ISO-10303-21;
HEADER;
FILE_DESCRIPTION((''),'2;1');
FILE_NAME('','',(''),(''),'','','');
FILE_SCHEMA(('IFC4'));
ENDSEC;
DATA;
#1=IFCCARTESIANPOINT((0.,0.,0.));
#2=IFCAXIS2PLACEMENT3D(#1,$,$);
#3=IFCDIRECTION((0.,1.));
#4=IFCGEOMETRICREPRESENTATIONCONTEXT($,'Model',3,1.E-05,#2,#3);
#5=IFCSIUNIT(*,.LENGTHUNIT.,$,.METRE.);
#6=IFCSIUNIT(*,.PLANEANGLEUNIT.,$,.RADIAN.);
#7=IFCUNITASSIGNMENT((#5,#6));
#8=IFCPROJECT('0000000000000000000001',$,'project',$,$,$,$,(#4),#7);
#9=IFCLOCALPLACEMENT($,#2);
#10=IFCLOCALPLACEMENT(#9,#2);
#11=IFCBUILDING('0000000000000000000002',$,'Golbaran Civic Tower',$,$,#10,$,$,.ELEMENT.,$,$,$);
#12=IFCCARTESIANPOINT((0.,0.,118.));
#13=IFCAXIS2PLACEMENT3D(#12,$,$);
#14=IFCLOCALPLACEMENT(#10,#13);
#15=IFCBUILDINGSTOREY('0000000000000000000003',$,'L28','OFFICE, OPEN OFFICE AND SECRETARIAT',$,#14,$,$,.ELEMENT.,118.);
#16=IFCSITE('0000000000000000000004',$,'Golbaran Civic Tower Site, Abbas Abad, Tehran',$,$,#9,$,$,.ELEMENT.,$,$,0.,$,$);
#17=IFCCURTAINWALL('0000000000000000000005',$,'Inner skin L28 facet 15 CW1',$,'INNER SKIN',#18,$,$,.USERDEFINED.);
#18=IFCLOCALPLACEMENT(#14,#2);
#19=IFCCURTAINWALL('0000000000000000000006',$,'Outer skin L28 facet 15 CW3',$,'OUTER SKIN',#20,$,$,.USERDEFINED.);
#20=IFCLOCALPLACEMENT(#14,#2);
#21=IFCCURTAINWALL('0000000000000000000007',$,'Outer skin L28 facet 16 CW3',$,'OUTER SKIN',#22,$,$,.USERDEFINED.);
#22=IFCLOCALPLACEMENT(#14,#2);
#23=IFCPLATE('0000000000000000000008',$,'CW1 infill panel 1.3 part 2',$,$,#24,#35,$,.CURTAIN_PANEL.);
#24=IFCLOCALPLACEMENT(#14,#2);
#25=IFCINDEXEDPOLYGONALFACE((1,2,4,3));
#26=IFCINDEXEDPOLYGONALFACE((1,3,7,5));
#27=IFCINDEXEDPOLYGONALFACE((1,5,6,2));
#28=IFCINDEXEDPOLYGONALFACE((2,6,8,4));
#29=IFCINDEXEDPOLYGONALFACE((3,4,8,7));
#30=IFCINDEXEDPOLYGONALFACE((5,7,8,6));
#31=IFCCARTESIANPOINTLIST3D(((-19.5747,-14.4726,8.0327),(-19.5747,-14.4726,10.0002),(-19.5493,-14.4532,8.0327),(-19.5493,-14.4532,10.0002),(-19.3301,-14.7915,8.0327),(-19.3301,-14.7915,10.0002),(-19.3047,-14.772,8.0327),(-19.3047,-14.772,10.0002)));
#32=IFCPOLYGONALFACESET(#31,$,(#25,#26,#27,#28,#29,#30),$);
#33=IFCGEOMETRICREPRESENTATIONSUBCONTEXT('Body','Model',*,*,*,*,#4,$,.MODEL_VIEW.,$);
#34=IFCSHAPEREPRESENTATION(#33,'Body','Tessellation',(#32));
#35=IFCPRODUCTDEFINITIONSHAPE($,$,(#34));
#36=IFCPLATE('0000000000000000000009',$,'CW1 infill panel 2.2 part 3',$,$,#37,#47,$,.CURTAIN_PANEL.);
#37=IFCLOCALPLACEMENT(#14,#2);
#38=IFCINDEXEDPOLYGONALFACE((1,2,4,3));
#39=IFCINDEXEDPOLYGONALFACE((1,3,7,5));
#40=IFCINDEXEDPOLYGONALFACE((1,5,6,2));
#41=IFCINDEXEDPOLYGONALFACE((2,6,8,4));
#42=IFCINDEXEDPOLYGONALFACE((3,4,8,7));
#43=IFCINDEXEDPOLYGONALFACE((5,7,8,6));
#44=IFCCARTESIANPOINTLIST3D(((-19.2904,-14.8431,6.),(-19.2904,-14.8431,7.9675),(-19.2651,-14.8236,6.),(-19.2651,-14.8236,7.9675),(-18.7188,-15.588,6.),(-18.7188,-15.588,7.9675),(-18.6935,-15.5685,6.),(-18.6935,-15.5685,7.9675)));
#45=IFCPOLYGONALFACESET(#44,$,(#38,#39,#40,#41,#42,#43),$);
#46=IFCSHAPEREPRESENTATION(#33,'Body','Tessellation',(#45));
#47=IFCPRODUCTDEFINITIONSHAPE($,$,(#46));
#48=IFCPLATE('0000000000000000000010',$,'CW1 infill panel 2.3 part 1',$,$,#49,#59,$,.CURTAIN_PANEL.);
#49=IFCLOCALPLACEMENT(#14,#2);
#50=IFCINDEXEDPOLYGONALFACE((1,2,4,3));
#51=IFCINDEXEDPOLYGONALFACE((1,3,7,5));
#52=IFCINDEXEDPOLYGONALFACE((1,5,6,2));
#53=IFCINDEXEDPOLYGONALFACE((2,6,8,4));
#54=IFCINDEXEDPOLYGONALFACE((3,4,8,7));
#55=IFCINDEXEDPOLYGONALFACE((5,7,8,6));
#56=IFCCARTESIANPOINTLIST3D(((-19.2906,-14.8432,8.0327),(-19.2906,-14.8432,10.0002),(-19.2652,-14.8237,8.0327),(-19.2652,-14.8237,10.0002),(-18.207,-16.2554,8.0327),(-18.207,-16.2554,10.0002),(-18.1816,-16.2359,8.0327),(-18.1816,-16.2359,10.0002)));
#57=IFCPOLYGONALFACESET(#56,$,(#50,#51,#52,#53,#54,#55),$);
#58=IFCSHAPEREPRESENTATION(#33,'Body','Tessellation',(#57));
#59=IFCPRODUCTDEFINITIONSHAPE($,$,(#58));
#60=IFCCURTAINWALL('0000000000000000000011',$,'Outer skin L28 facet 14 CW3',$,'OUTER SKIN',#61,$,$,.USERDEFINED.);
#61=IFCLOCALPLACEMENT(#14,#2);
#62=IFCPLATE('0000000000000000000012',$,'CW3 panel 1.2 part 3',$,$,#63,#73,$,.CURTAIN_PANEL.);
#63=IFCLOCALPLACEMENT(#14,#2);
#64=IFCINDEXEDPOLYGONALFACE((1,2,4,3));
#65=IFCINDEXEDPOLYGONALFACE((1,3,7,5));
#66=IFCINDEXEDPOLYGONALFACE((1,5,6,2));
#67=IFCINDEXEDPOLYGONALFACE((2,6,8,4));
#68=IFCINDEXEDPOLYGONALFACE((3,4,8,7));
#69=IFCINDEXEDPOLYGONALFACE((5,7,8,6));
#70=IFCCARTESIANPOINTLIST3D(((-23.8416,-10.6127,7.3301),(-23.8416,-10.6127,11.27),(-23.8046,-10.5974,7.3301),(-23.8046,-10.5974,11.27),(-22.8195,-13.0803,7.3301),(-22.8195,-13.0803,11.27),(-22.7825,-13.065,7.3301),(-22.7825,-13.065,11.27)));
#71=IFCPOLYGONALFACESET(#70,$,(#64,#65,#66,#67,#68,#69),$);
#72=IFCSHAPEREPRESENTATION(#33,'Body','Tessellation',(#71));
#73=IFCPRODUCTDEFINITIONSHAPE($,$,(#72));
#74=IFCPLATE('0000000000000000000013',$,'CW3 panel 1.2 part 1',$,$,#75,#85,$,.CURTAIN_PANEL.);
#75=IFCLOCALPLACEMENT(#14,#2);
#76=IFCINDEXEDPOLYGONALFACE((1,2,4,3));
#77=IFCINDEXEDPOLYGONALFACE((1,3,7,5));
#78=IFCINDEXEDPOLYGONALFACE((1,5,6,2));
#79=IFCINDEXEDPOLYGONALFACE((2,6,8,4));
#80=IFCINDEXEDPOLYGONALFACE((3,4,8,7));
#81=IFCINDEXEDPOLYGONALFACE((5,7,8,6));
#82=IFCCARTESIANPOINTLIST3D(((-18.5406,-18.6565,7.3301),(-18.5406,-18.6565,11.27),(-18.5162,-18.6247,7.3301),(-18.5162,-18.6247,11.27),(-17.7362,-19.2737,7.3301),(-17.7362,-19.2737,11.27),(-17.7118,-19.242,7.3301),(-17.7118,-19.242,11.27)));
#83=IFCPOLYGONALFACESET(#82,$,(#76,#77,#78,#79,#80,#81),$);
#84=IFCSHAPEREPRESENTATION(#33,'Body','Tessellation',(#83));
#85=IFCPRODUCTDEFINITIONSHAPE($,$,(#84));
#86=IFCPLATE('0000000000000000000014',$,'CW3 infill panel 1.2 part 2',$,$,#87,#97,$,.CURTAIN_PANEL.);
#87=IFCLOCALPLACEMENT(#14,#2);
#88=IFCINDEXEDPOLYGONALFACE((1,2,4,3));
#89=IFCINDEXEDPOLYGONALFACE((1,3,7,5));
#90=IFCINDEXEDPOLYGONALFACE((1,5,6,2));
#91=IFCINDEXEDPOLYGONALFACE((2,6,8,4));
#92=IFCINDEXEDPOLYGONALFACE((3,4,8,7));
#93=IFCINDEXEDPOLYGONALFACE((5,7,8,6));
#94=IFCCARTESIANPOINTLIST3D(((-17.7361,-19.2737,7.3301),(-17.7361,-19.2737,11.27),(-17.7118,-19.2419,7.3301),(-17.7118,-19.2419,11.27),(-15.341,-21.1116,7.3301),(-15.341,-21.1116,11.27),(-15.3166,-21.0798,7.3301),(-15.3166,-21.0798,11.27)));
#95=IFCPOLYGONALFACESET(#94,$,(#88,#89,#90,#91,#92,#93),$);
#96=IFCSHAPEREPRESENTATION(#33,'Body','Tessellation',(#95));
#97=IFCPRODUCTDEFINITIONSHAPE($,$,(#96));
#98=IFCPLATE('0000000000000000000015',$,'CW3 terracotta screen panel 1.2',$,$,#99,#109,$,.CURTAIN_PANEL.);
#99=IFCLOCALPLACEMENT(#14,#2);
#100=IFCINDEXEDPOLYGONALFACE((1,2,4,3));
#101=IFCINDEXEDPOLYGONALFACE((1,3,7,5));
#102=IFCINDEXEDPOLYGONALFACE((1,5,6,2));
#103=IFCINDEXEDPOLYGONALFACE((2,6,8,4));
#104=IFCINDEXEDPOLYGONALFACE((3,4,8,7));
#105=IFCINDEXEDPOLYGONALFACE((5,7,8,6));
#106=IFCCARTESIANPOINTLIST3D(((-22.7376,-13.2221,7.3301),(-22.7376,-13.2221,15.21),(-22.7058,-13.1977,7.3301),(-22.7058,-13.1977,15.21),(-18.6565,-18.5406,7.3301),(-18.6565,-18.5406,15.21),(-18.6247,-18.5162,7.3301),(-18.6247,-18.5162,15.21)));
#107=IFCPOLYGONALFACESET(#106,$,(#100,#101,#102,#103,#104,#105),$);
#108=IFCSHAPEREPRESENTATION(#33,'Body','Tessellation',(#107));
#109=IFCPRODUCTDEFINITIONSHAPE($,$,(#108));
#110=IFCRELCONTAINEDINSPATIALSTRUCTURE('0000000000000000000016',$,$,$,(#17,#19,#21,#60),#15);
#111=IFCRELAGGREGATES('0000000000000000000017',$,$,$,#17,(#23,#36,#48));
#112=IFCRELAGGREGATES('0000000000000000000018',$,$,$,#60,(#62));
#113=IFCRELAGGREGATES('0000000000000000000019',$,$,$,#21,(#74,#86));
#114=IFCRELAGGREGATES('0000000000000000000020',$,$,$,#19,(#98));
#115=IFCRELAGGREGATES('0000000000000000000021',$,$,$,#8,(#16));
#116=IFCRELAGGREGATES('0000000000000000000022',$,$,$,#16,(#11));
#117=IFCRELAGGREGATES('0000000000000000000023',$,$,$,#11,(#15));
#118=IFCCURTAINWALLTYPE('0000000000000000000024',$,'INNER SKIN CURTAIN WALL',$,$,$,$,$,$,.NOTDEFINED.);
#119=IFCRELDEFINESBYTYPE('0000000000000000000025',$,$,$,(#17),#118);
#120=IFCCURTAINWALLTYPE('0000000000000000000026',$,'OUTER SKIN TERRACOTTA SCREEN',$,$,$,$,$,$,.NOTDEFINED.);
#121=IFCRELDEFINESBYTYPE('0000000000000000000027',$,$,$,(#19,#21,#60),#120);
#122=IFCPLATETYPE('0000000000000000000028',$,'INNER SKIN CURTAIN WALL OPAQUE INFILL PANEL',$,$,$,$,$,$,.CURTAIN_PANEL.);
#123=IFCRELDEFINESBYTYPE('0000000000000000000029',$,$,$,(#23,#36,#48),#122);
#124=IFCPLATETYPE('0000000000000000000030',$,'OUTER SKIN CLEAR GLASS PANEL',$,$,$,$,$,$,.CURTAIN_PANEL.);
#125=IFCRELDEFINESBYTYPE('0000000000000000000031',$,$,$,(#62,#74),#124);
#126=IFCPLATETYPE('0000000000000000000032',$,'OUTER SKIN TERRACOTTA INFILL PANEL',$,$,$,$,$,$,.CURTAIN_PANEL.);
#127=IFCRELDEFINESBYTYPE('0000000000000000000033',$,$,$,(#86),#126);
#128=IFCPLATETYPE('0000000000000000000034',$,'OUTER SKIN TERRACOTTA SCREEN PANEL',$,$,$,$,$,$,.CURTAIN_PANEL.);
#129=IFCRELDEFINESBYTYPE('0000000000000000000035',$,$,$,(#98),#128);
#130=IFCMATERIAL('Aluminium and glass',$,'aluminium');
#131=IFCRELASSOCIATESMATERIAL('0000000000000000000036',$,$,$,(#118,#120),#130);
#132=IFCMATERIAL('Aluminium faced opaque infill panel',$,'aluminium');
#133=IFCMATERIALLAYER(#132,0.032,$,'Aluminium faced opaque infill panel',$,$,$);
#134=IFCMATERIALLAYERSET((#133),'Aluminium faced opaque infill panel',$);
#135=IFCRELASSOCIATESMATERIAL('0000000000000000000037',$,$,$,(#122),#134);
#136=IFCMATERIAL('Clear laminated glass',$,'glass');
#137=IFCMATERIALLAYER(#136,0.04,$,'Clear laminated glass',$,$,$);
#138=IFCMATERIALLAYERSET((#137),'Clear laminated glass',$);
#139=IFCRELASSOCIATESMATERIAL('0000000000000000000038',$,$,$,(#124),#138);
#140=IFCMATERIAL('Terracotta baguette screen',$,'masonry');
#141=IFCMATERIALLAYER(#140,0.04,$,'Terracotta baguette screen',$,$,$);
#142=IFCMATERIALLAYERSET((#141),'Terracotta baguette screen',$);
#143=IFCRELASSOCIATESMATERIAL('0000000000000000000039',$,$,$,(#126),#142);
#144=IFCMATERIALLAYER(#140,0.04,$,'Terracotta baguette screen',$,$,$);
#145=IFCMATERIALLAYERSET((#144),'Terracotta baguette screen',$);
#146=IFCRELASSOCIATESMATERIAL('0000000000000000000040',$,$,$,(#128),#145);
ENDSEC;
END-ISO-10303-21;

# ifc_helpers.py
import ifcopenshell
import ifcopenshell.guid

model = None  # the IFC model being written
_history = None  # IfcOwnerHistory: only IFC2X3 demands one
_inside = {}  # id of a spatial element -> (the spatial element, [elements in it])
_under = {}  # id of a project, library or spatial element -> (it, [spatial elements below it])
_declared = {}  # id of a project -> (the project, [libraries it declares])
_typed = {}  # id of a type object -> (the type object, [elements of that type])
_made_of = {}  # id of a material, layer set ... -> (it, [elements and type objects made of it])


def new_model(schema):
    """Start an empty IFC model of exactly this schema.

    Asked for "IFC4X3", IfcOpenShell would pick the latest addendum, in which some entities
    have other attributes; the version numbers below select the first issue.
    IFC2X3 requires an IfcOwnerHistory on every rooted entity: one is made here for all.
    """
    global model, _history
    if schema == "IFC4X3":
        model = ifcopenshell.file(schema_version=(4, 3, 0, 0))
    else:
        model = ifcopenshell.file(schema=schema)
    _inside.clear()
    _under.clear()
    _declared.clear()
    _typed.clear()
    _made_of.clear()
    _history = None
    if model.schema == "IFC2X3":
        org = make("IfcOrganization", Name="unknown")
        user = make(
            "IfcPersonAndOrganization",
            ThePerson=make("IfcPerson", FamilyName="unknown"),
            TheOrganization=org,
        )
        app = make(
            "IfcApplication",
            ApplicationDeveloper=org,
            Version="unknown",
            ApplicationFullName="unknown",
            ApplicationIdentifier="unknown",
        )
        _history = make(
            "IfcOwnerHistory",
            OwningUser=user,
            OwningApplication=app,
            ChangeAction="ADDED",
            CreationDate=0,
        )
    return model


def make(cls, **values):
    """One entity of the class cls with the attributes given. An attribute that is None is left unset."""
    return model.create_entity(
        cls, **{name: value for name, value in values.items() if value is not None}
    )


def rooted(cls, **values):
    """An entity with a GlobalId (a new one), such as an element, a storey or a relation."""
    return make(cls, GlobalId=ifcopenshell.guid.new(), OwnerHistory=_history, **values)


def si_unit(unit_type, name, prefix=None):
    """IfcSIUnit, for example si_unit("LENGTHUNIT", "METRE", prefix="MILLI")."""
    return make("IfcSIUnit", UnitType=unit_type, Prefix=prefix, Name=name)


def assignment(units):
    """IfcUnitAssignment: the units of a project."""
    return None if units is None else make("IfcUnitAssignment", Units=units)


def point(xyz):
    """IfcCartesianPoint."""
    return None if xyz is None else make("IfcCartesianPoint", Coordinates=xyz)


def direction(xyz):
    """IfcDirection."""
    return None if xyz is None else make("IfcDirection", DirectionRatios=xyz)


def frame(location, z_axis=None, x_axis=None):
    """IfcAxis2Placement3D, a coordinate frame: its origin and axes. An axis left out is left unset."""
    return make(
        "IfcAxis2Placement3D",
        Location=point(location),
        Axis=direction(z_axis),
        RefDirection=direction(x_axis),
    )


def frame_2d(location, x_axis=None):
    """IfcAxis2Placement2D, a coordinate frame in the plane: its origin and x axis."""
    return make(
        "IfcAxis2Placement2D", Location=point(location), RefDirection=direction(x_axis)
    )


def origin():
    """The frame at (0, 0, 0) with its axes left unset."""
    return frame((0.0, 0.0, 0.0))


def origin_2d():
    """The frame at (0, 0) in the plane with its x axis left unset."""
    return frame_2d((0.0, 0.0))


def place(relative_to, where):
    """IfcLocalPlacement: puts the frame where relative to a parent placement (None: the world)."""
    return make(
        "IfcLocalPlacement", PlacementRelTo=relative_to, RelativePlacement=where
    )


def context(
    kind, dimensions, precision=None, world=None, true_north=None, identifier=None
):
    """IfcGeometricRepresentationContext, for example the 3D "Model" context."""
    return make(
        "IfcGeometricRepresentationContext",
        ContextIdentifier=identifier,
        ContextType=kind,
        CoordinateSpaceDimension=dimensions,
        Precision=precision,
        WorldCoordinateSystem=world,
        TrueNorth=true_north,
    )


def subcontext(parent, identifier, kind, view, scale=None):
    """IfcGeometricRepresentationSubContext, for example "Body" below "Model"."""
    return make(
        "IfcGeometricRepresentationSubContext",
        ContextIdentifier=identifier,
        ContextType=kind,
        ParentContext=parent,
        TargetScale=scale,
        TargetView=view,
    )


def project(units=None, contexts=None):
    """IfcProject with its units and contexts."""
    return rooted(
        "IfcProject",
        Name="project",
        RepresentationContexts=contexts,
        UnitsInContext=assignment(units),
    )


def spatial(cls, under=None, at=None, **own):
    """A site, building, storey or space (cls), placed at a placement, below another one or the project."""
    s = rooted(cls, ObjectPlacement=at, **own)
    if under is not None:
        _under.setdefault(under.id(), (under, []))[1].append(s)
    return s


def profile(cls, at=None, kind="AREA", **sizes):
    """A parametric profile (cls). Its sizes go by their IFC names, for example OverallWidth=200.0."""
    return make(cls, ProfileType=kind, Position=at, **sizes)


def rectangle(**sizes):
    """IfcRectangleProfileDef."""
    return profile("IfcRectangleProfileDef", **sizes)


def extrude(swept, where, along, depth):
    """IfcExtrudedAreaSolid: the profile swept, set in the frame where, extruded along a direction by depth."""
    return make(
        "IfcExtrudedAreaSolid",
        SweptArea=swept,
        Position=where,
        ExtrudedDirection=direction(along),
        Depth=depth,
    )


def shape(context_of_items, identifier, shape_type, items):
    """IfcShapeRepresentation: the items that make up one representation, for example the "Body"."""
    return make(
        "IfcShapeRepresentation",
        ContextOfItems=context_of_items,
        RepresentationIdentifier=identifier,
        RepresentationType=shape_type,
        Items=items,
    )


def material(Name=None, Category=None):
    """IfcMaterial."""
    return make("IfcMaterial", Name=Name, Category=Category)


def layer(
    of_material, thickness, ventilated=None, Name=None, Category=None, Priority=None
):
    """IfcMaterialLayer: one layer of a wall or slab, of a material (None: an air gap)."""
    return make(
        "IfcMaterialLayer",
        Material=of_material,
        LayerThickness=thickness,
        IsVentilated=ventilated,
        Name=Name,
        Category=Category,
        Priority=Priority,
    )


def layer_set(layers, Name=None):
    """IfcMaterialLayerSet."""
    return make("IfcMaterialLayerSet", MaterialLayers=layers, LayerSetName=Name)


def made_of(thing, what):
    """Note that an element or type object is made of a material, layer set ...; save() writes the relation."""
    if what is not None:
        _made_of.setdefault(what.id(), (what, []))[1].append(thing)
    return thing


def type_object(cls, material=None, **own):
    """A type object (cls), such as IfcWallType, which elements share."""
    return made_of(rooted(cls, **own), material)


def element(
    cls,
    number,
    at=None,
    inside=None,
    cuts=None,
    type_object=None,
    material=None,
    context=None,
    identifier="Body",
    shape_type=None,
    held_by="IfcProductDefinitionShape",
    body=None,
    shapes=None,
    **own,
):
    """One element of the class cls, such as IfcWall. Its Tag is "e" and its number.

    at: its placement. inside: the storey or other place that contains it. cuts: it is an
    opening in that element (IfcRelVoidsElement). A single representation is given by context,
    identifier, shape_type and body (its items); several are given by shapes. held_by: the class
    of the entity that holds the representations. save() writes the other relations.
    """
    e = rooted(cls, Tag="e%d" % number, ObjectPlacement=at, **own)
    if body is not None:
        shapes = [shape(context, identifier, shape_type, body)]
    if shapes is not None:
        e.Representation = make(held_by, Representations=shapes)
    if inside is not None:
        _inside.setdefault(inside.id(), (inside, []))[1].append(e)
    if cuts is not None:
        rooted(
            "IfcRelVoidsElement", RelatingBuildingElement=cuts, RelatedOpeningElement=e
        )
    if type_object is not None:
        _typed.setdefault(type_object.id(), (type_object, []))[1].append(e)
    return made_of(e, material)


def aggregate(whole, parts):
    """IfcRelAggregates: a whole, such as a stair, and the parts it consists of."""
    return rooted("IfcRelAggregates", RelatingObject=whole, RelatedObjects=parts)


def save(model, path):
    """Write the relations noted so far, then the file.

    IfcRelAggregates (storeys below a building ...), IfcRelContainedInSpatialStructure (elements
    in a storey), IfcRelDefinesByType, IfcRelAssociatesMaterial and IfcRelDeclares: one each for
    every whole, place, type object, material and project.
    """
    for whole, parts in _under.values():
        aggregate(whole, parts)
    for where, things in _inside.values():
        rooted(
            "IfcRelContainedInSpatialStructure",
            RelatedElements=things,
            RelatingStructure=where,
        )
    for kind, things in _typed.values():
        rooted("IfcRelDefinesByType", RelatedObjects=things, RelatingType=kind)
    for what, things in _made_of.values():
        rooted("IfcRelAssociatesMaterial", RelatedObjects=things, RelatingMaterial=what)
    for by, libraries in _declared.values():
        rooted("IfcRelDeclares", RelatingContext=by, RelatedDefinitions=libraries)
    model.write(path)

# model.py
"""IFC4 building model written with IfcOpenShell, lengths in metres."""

from ifc_helpers import new_model, si_unit, direction, frame, origin, origin_2d, place, context, subcontext, project, spatial, rectangle, extrude, material, layer, layer_set, type_object, element, aggregate, save


model = new_model("IFC4")

# Units and contexts
model_context = context("Model", 3, precision=1e-05, world=origin(), true_north=direction((0.0, 1.0)))
body_context = subcontext(model_context, "Body", "Model", "MODEL_VIEW")
ifc_project = project(units=[si_unit("LENGTHUNIT", "METRE"), si_unit("PLANEANGLEUNIT", "RADIAN")], contexts=[model_context])

# Site, building, storey
site_placement = place(None, origin())
site = spatial("IfcSite", under=ifc_project, at=site_placement, Name="Golbaran Civic Tower Site, Abbas Abad, Tehran", CompositionType="ELEMENT", RefElevation=0.0)
building_placement = place(site_placement, origin())
building = spatial("IfcBuilding", under=site, at=building_placement, Name="Golbaran Civic Tower", CompositionType="ELEMENT")
storey_placement = place(building_placement, frame((0.0, 0.0, 118.0)))
storey = spatial("IfcBuildingStorey", under=building, at=storey_placement, Name="L28", Description="OFFICE, OPEN OFFICE AND SECRETARIAT", CompositionType="ELEMENT", Elevation=118.0)

# Curtain wall
ifc_material_1 = material(Name="Aluminium and glass", Category="aluminium")
curtain_wall_type_1 = type_object("IfcCurtainWallType", Name="INNER SKIN CURTAIN WALL", PredefinedType="NOTDEFINED", material=ifc_material_1)
curtain_wall_1_placement = place(storey_placement, origin())
curtain_wall_1 = element("IfcCurtainWall", 1, at=curtain_wall_1_placement, inside=storey, type_object=curtain_wall_type_1, Name="Inner skin L28 facet 15 CW1", ObjectType="INNER SKIN", PredefinedType="USERDEFINED")

# Curtain walls
curtain_wall_type_2 = type_object("IfcCurtainWallType", Name="OUTER SKIN TERRACOTTA SCREEN", PredefinedType="NOTDEFINED", material=ifc_material_1)
curtain_wall_2_placement = place(storey_placement, origin())
curtain_wall_2 = element("IfcCurtainWall", 2, at=curtain_wall_2_placement, inside=storey, type_object=curtain_wall_type_2, Name="Outer skin L28 facet 15 CW3", ObjectType="OUTER SKIN", PredefinedType="USERDEFINED")
curtain_wall_3_placement = place(storey_placement, origin())
curtain_wall_3 = element("IfcCurtainWall", 3, at=curtain_wall_3_placement, inside=storey, type_object=curtain_wall_type_2, Name="Outer skin L28 facet 16 CW3", ObjectType="OUTER SKIN", PredefinedType="USERDEFINED")

# Plates
ifc_material_2 = material(Name="Aluminium faced opaque infill panel", Category="aluminium")
ifc_layer_1 = layer(ifc_material_2, 0.032, Name="Aluminium faced opaque infill panel")
ifc_layer_set_1 = layer_set([ifc_layer_1], Name="Aluminium faced opaque infill panel")
plate_type_1 = type_object("IfcPlateType", Name="INNER SKIN CURTAIN WALL OPAQUE INFILL PANEL", PredefinedType="CURTAIN_PANEL", material=ifc_layer_set_1)
plate_1_placement = place(storey_placement, frame((-19.4397, -14.6223, 8.0327), z_axis=(0.0, 0.0, 1.0), x_axis=(0.608761, -0.793353, 0.0)))
plate_1 = element("IfcPlate", 4, at=plate_1_placement, type_object=plate_type_1, Name="CW1 infill panel 1.3 part 2", PredefinedType="CURTAIN_PANEL", context=body_context, shape_type="SweptSolid", body=[
    extrude(rectangle(XDim=0.4019, YDim=0.032, at=origin_2d()), origin(), (0.0, 0.0, 1.0), 1.9675),
])
plate_2_placement = place(storey_placement, frame((-18.9919, -15.2058, 6.0), z_axis=(0.0, 0.0, 1.0), x_axis=(0.608761, -0.793353, 0.0)))
plate_2 = element("IfcPlate", 5, at=plate_2_placement, type_object=plate_type_1, Name="CW1 infill panel 2.2 part 3", PredefinedType="CURTAIN_PANEL", context=body_context, shape_type="SweptSolid", body=[
    extrude(rectangle(XDim=0.939, YDim=0.032, at=origin_2d()), origin(), (0.0, 0.0, 1.0), 1.9675),
])
plate_3_placement = place(storey_placement, frame((-18.7361, -15.5396, 8.0327), z_axis=(0.0, 0.0, 1.0), x_axis=(0.608761, -0.793353, 0.0)))
plate_3 = element("IfcPlate", 6, at=plate_3_placement, type_object=plate_type_1, Name="CW1 infill panel 2.3 part 1", PredefinedType="CURTAIN_PANEL", context=body_context, shape_type="SweptSolid", body=[
    extrude(rectangle(XDim=1.78, YDim=0.032, at=origin_2d()), origin(), (0.0, 0.0, 1.0), 1.9675),
])
aggregate(curtain_wall_1, [plate_1, plate_2, plate_3])

# Curtain wall, plate
curtain_wall_4_placement = place(storey_placement, origin())
curtain_wall_4 = element("IfcCurtainWall", 7, at=curtain_wall_4_placement, inside=storey, type_object=curtain_wall_type_2, Name="Outer skin L28 facet 14 CW3", ObjectType="OUTER SKIN", PredefinedType="USERDEFINED")
ifc_material_3 = material(Name="Clear laminated glass", Category="glass")
ifc_layer_2 = layer(ifc_material_3, 0.04, Name="Clear laminated glass")
ifc_layer_set_2 = layer_set([ifc_layer_2], Name="Clear laminated glass")
plate_type_2 = type_object("IfcPlateType", Name="OUTER SKIN CLEAR GLASS PANEL", PredefinedType="CURTAIN_PANEL", material=ifc_layer_set_2)
plate_4_placement = place(storey_placement, frame((-23.312, -11.8389, 7.3301), z_axis=(0.0, 0.0, 1.0), x_axis=(0.382683, -0.92388, 0.0)))
plate_4 = element("IfcPlate", 8, at=plate_4_placement, type_object=plate_type_2, Name="CW3 panel 1.2 part 3", PredefinedType="CURTAIN_PANEL", context=body_context, shape_type="SweptSolid", body=[
    extrude(rectangle(XDim=2.6709, YDim=0.04, at=origin_2d()), origin(), (0.0, 0.0, 1.0), 3.9399),
])
aggregate(curtain_wall_4, [plate_4])

# Plates
plate_5_placement = place(storey_placement, frame((-18.1262, -18.9492, 7.3301), z_axis=(0.0, 0.0, 1.0), x_axis=(0.793353, -0.608761, 0.0)))
plate_5 = element("IfcPlate", 9, at=plate_5_placement, type_object=plate_type_2, Name="CW3 panel 1.2 part 1", PredefinedType="CURTAIN_PANEL", context=body_context, shape_type="SweptSolid", body=[
    extrude(rectangle(XDim=1.0139, YDim=0.04, at=origin_2d()), origin(), (0.0, 0.0, 1.0), 3.9399),
])
ifc_material_4 = material(Name="Terracotta baguette screen", Category="masonry")
ifc_layer_3 = layer(ifc_material_4, 0.04, Name="Terracotta baguette screen")
ifc_layer_set_3 = layer_set([ifc_layer_3], Name="Terracotta baguette screen")
plate_type_3 = type_object("IfcPlateType", Name="OUTER SKIN TERRACOTTA INFILL PANEL", PredefinedType="CURTAIN_PANEL", material=ifc_layer_set_3)
plate_6_placement = place(storey_placement, frame((-16.5264, -20.1768, 7.3301), z_axis=(0.0, 0.0, 1.0), x_axis=(0.793353, -0.608761, 0.0)))
plate_6 = element("IfcPlate", 10, at=plate_6_placement, type_object=plate_type_3, Name="CW3 infill panel 1.2 part 2", PredefinedType="CURTAIN_PANEL", context=body_context, shape_type="SweptSolid", body=[
    extrude(rectangle(XDim=3.019, YDim=0.04, at=origin_2d()), origin(), (0.0, 0.0, 1.0), 3.9399),
])
aggregate(curtain_wall_3, [plate_5, plate_6])
ifc_layer_4 = layer(ifc_material_4, 0.04, Name="Terracotta baguette screen")
ifc_layer_set_4 = layer_set([ifc_layer_4], Name="Terracotta baguette screen")
plate_type_4 = type_object("IfcPlateType", Name="OUTER SKIN TERRACOTTA SCREEN PANEL", PredefinedType="CURTAIN_PANEL", material=ifc_layer_set_4)
plate_7_placement = place(storey_placement, frame((-20.6812, -15.8691, 7.3301), z_axis=(0.0, 0.0, 1.0), x_axis=(0.608761, -0.793353, 0.0)))
plate_7 = element("IfcPlate", 11, at=plate_7_placement, type_object=plate_type_4, Name="CW3 terracotta screen panel 1.2", PredefinedType="CURTAIN_PANEL", context=body_context, shape_type="SweptSolid", body=[
    extrude(rectangle(XDim=6.7039, YDim=0.04, at=origin_2d()), origin(), (0.0, 0.0, 1.0), 7.8799),
])
aggregate(curtain_wall_2, [plate_7])

save(model, "model.ifc")
